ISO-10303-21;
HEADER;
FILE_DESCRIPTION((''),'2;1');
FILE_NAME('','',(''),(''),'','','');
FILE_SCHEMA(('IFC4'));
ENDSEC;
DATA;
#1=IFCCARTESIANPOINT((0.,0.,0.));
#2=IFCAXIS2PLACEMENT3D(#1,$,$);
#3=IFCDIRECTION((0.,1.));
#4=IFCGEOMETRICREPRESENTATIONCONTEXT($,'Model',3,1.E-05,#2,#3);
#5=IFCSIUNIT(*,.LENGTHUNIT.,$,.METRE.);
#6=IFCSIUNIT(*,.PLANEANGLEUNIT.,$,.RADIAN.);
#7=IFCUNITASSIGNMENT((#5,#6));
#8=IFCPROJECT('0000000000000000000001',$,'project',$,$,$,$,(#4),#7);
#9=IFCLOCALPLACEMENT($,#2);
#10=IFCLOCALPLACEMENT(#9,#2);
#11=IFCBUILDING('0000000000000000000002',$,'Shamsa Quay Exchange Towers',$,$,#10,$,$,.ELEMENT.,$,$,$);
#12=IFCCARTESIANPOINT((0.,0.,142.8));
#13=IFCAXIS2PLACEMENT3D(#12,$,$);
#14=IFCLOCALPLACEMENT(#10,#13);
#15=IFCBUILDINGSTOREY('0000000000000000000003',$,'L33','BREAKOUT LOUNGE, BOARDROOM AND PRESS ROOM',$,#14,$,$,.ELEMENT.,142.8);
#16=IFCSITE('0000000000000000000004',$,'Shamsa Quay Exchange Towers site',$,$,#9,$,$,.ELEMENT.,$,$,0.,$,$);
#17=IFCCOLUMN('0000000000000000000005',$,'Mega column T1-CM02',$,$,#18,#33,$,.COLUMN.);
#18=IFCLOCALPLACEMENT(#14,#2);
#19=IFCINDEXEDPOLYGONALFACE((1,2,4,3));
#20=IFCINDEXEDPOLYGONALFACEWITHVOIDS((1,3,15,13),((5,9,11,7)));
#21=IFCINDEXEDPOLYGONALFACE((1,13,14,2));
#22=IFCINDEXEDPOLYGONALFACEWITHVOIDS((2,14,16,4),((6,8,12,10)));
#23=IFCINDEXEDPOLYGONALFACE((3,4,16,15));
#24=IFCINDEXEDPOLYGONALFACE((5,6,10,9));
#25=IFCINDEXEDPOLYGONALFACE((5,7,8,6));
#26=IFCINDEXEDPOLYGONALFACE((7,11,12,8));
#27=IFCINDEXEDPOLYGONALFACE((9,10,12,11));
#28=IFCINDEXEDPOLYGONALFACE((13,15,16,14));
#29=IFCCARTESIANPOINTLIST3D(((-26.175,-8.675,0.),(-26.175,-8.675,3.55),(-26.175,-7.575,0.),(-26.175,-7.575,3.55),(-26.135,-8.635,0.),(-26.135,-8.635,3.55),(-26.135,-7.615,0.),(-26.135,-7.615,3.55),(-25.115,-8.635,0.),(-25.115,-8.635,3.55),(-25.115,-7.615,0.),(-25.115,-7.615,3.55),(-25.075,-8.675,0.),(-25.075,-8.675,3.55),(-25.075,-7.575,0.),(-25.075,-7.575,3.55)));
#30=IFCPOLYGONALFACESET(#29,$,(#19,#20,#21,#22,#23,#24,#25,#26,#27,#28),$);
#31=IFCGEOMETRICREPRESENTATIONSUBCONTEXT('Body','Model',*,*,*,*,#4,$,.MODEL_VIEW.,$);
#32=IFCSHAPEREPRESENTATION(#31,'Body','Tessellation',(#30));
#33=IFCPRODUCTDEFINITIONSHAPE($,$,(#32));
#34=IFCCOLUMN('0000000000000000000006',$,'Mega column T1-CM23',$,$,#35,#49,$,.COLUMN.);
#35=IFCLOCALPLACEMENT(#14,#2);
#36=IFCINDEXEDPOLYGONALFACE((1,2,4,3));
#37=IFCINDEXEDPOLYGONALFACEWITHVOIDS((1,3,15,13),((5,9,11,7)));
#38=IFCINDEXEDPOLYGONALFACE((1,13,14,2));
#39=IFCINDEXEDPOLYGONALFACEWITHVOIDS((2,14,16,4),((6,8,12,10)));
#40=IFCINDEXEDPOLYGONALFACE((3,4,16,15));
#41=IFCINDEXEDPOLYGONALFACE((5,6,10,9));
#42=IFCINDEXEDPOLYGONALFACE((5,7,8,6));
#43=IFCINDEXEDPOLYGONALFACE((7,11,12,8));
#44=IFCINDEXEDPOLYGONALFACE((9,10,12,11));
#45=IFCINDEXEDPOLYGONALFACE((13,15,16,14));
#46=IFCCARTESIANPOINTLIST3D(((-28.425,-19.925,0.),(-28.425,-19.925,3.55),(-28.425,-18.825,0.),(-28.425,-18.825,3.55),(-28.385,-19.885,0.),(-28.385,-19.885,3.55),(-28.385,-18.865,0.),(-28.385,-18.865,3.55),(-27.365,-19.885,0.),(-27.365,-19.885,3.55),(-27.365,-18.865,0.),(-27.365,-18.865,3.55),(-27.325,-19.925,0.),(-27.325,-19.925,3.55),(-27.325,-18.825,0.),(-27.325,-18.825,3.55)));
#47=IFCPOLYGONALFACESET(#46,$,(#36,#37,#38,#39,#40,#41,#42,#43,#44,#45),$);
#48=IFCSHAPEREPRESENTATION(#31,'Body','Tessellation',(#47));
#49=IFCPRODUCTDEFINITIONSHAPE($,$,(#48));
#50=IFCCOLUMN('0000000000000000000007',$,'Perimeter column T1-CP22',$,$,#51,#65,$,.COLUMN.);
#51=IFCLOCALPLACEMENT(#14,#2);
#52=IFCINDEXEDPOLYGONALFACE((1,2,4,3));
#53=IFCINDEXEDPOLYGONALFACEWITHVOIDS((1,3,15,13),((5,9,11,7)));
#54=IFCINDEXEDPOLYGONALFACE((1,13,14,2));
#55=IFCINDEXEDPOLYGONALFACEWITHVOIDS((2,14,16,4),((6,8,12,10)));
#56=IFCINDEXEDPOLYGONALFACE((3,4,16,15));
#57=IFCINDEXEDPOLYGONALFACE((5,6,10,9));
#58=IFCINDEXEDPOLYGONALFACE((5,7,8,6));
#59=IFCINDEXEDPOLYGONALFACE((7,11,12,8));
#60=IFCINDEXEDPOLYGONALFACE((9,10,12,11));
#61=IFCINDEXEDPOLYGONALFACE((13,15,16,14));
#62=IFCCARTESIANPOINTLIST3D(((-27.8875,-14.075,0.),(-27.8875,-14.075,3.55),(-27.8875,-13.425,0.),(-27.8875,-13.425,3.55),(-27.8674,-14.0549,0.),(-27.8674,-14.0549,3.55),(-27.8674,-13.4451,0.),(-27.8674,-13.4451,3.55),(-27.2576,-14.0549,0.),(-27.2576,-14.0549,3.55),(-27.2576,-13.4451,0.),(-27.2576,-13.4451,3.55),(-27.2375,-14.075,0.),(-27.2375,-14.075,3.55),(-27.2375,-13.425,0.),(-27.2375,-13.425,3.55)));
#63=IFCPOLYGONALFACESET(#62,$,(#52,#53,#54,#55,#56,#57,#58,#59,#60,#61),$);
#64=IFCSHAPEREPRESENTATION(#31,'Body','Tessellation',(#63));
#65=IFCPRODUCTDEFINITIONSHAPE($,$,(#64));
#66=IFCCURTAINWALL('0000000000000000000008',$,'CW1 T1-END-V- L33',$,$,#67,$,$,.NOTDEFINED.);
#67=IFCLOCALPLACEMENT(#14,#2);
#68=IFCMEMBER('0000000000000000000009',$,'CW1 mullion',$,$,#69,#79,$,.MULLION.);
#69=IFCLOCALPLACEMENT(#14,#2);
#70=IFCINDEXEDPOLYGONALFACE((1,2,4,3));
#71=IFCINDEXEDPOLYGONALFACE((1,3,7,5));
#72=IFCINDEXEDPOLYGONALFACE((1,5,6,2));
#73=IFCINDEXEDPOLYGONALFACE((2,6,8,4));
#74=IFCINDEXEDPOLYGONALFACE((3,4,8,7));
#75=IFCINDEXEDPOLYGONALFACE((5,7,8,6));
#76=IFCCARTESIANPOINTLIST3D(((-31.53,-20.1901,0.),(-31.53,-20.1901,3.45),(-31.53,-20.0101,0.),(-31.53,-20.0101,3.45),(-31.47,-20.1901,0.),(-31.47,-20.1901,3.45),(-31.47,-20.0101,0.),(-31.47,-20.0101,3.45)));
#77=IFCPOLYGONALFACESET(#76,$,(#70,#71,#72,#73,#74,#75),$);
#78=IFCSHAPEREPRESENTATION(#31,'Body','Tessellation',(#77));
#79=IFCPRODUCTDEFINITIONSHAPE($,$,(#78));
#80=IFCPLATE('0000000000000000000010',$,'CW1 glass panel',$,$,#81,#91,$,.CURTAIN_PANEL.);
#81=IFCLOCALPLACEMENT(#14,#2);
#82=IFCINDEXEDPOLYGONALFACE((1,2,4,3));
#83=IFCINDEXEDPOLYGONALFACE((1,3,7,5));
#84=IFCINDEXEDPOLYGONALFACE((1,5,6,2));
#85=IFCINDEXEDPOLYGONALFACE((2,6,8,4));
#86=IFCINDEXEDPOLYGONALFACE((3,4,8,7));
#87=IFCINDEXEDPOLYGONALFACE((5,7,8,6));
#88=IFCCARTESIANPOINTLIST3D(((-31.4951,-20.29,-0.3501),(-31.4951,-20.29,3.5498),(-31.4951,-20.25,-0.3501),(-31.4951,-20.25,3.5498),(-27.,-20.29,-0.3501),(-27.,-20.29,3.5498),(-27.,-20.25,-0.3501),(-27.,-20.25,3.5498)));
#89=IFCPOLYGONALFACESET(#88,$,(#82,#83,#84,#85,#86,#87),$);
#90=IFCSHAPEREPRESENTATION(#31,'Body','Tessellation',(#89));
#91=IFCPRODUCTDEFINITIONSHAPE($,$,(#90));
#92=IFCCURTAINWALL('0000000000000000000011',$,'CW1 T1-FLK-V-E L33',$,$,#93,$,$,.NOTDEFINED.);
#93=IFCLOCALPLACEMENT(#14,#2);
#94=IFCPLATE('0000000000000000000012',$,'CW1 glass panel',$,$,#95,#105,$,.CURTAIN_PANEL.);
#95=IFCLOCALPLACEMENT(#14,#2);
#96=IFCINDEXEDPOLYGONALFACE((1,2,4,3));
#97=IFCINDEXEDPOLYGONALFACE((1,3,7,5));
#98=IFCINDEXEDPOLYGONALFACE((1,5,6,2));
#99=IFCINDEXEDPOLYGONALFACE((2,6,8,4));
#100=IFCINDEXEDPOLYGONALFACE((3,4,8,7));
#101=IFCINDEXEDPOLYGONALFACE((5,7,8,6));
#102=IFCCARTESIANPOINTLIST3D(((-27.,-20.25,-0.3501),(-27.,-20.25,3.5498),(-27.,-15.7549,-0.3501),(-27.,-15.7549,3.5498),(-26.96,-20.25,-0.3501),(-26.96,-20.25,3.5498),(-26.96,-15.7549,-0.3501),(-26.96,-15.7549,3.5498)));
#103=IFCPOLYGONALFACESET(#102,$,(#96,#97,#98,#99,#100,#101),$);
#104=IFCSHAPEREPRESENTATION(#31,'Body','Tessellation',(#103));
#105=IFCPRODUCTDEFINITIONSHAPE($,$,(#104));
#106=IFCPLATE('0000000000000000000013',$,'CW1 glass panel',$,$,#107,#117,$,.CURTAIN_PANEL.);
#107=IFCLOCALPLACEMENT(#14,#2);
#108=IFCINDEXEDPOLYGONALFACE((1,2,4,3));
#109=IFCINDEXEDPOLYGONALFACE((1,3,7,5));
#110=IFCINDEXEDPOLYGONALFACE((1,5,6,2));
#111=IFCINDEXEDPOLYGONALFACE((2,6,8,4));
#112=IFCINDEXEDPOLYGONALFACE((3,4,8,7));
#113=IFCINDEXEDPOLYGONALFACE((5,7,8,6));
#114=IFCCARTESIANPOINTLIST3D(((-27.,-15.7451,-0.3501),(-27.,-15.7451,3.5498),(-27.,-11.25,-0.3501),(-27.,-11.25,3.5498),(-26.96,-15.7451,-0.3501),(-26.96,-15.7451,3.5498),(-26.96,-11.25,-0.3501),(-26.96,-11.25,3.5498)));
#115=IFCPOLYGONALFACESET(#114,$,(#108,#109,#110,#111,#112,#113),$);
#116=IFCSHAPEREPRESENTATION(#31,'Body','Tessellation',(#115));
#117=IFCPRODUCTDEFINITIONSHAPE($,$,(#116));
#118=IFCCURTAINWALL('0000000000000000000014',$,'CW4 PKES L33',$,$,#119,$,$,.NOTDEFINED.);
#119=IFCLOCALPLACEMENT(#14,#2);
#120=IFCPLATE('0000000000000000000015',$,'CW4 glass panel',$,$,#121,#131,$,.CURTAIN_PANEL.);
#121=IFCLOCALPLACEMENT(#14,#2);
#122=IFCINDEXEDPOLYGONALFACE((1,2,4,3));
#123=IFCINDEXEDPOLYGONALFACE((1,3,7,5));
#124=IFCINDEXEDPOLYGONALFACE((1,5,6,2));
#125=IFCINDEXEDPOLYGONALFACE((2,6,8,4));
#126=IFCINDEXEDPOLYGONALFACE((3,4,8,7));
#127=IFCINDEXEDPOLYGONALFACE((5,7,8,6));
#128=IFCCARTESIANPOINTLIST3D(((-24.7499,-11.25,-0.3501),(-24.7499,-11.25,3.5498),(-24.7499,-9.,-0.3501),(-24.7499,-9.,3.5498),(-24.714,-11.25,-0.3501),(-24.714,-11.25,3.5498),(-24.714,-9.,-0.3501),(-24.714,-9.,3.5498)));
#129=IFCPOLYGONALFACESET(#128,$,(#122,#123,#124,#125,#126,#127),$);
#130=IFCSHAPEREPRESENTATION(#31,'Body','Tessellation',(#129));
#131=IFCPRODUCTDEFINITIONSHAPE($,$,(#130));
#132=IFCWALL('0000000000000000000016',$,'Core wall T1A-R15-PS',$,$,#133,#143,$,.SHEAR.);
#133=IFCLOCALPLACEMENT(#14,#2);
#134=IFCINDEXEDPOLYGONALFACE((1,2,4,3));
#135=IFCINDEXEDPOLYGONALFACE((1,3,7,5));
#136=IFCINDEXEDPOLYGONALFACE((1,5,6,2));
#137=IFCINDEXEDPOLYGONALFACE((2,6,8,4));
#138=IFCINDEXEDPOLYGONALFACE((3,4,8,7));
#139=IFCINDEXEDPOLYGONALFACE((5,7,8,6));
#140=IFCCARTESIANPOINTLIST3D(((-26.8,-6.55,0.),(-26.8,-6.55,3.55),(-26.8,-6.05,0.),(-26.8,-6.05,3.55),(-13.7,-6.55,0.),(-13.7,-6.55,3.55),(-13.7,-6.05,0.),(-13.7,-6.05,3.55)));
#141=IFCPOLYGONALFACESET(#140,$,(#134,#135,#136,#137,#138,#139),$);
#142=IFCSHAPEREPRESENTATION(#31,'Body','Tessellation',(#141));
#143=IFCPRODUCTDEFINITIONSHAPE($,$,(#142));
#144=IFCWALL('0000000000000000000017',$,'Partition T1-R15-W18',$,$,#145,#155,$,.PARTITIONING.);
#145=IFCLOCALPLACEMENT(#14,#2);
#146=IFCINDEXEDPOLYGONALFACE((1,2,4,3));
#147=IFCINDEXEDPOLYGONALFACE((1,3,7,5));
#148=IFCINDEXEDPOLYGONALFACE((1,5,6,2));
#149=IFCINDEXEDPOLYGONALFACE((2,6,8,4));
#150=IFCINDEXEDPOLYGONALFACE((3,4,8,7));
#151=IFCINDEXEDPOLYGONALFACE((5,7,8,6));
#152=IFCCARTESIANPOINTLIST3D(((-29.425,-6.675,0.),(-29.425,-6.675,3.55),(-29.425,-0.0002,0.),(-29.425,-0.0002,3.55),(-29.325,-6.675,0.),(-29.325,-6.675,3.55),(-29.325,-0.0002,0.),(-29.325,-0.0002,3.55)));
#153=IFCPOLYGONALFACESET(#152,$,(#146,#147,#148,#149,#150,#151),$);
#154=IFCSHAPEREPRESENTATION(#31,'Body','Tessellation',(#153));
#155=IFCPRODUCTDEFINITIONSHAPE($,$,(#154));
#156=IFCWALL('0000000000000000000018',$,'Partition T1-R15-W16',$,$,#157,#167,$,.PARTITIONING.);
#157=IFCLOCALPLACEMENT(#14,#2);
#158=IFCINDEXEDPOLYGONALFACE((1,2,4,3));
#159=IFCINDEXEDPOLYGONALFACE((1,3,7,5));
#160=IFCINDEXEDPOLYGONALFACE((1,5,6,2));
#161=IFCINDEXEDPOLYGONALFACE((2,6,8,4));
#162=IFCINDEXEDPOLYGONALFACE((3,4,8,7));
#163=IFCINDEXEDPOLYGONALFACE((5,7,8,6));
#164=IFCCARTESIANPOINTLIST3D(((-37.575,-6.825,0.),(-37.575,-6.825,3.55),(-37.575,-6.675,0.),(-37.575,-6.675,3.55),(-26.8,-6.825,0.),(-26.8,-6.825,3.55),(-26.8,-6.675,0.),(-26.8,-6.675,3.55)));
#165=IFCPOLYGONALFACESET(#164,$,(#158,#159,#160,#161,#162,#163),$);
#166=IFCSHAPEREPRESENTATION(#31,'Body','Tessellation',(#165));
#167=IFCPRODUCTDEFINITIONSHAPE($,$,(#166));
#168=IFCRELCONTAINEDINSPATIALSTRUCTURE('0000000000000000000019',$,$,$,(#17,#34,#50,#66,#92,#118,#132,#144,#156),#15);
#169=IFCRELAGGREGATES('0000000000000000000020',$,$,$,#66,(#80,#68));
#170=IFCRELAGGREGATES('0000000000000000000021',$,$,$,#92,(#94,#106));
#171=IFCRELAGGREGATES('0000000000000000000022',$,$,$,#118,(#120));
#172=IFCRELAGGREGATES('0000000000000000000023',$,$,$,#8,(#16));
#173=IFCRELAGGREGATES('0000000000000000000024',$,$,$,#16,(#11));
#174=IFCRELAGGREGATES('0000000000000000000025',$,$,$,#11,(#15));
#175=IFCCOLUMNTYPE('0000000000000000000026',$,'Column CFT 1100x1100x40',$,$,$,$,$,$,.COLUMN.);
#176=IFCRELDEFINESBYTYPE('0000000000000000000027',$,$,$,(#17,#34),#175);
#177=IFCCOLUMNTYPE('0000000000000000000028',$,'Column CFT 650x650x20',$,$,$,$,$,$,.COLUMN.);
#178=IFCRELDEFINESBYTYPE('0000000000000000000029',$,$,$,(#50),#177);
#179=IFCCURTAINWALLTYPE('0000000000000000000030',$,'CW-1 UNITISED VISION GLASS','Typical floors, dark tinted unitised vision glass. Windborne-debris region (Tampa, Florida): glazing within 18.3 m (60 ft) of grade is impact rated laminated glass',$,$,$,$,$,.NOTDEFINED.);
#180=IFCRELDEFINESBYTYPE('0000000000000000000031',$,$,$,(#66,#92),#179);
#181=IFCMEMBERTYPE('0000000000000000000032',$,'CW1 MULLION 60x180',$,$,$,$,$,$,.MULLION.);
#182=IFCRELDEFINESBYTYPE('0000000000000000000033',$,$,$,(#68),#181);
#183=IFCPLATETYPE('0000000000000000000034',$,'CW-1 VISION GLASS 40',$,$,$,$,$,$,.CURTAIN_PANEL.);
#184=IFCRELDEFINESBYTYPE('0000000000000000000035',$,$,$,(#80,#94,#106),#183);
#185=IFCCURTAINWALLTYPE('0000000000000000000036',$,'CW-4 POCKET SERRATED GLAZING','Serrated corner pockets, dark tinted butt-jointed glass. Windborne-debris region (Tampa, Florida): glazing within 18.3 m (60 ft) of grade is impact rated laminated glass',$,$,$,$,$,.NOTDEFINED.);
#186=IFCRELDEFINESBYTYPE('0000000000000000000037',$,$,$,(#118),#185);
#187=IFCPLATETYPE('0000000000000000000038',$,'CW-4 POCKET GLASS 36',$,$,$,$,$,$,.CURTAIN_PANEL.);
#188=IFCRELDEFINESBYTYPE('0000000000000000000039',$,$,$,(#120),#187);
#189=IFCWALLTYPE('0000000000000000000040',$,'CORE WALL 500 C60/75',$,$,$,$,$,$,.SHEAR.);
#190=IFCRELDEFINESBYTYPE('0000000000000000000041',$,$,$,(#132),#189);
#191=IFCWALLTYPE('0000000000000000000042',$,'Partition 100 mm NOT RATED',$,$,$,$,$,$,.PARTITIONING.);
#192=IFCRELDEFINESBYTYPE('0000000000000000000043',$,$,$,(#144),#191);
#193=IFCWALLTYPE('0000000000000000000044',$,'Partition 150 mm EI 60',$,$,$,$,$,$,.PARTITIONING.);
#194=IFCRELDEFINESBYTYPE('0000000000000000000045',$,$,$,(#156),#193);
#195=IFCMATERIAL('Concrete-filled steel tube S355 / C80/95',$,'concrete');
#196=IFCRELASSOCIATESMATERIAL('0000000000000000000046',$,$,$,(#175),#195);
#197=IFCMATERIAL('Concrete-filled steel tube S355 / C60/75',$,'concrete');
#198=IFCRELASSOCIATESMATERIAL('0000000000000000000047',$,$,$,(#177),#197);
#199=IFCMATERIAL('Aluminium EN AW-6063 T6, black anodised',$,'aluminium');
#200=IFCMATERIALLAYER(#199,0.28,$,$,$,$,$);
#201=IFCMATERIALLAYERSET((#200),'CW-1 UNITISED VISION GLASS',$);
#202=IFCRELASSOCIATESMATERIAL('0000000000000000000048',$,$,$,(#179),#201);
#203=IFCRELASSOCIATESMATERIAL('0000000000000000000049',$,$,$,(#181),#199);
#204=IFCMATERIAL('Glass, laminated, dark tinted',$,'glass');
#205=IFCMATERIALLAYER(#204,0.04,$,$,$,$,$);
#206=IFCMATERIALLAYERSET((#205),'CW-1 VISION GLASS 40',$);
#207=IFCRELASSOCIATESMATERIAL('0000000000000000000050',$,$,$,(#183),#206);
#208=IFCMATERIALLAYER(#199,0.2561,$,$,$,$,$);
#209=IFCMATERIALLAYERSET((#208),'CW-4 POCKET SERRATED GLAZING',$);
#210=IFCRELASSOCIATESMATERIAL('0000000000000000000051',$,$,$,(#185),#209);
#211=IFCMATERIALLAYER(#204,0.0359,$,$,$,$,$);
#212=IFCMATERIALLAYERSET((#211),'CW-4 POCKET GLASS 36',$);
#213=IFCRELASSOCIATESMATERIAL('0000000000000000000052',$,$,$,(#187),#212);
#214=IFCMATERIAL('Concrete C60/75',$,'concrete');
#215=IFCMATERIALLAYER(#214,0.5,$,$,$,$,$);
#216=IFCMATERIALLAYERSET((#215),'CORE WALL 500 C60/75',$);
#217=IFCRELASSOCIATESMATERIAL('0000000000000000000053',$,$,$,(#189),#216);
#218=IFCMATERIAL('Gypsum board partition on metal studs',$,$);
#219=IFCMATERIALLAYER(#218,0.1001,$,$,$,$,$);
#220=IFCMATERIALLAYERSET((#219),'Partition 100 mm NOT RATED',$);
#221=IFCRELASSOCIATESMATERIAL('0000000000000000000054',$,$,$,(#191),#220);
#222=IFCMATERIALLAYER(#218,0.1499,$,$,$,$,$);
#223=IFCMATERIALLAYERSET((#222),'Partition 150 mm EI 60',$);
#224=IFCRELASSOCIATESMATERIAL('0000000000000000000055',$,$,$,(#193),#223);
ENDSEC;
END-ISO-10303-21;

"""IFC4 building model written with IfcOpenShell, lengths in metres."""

from ifc_helpers import new_model, si_unit, direction, frame, frame_2d, origin, origin_2d, place, context, subcontext, project, spatial, rectangle, hollow_rectangle, extrude, material, layer, layer_set, material_profile, profile_set, type_object, element, aggregate, save


model = new_model("IFC4")

# Units and contexts
model_context = context("Model", 3, precision=1e-05, world=origin(), true_north=direction((0.0, 1.0)))
body_context = subcontext(model_context, "Body", "Model", "MODEL_VIEW")
ifc_project = project(units=[si_unit("LENGTHUNIT", "METRE"), si_unit("PLANEANGLEUNIT", "RADIAN")], contexts=[model_context])

# Site, building, storey
site_placement = place(None, origin())
site = spatial("IfcSite", under=ifc_project, at=site_placement, Name="Shamsa Quay Exchange Towers site", CompositionType="ELEMENT", RefElevation=0.0)
building_placement = place(site_placement, origin())
building = spatial("IfcBuilding", under=site, at=building_placement, Name="Shamsa Quay Exchange Towers", CompositionType="ELEMENT")
storey_placement = place(building_placement, frame((0.0, 0.0, 142.8)))
storey = spatial("IfcBuildingStorey", under=building, at=storey_placement, Name="L33", Description="BREAKOUT LOUNGE, BOARDROOM AND PRESS ROOM", CompositionType="ELEMENT", Elevation=142.8)

# Columns
ifc_material_1 = material(Name="Concrete-filled steel tube S355 / C80/95", Category="concrete")
ifc_material_profile_1 = material_profile(ifc_material_1, hollow_rectangle(XDim=1.1001, YDim=1.1001, WallThickness=0.04, at=origin_2d()), Name="CFT 1100x1100x40")
ifc_profile_set_1 = profile_set([ifc_material_profile_1], Name="Concrete-filled steel tube S355 / C80/95")
column_type_1 = type_object("IfcColumnType", Name="Column CFT 1100x1100x40", PredefinedType="COLUMN", material=ifc_profile_set_1)
for number, where, name in (
    (1, (-25.625, -8.125, 0.0), "Mega column T1-CM02"),
    (2, (-27.875, -19.375, 0.0), "Mega column T1-CM23"),
):
    element("IfcColumn", number, at=place(storey_placement, frame(where)), inside=storey, type_object=column_type_1, Name=name, PredefinedType="COLUMN", context=body_context, shape_type="SweptSolid", body=[
        extrude(hollow_rectangle(XDim=1.1001, YDim=1.1001, WallThickness=0.04, at=origin_2d()), origin(), (0.0, 0.0, 1.0), 3.55),
    ])
ifc_material_2 = material(Name="Concrete-filled steel tube S355 / C60/75", Category="concrete")
ifc_material_profile_2 = material_profile(ifc_material_2, hollow_rectangle(XDim=0.6499, YDim=0.6499, WallThickness=0.02, at=origin_2d()), Name="CFT 650x650x20")
ifc_profile_set_2 = profile_set([ifc_material_profile_2], Name="Concrete-filled steel tube S355 / C60/75")
column_type_2 = type_object("IfcColumnType", Name="Column CFT 650x650x20", PredefinedType="COLUMN", material=ifc_profile_set_2)
column_placement = place(storey_placement, frame((-27.5625, -13.75, 0.0)))
element("IfcColumn", 3, at=column_placement, inside=storey, type_object=column_type_2, Name="Perimeter column T1-CP22", PredefinedType="COLUMN", context=body_context, shape_type="SweptSolid", body=[
    extrude(hollow_rectangle(XDim=0.6499, YDim=0.6499, WallThickness=0.02, at=origin_2d()), origin(), (0.0, 0.0, 1.0), 3.55),
])

# Curtain wall, member, plate
ifc_material_3 = material(Name="Aluminium EN AW-6063 T6, black anodised", Category="aluminium")
ifc_layer_1 = layer(ifc_material_3, 0.28)
ifc_layer_set_1 = layer_set([ifc_layer_1], Name="CW-1 UNITISED VISION GLASS")
curtain_wall_type_1 = type_object("IfcCurtainWallType", Name="CW-1 UNITISED VISION GLASS", Description="Typical floors, dark tinted unitised vision glass. Windborne-debris region (Tampa, Florida): glazing within 18.3 m (60 ft) of grade is impact rated laminated glass", PredefinedType="NOTDEFINED", material=ifc_layer_set_1)
curtain_wall_1_placement = place(storey_placement, origin())
curtain_wall_1 = element("IfcCurtainWall", 4, at=curtain_wall_1_placement, inside=storey, type_object=curtain_wall_type_1, Name="CW1 T1-END-V- L33", PredefinedType="NOTDEFINED")
ifc_material_profile_3 = material_profile(ifc_material_3, rectangle(XDim=0.1799, YDim=0.0601, at=origin_2d()), Name="MU60x180")
ifc_profile_set_3 = profile_set([ifc_material_profile_3], Name="Aluminium EN AW-6063 T6, black anodised")
member_type = type_object("IfcMemberType", Name="CW1 MULLION 60x180", PredefinedType="MULLION", material=ifc_profile_set_3)
member_placement = place(storey_placement, frame((-31.5, -20.1001, 0.0), z_axis=(0.0, 0.0, 1.0), x_axis=(0.0, 1.0, 0.0)))
member = element("IfcMember", 5, at=member_placement, type_object=member_type, Name="CW1 mullion", PredefinedType="MULLION", context=body_context, shape_type="SweptSolid", body=[
    extrude(rectangle(XDim=0.1799, YDim=0.0601, at=origin_2d()), origin(), (0.0, 0.0, 1.0), 3.45),
])
ifc_material_4 = material(Name="Glass, laminated, dark tinted", Category="glass")
ifc_layer_2 = layer(ifc_material_4, 0.04)
ifc_layer_set_2 = layer_set([ifc_layer_2], Name="CW-1 VISION GLASS 40")
plate_type_1 = type_object("IfcPlateType", Name="CW-1 VISION GLASS 40", PredefinedType="CURTAIN_PANEL", material=ifc_layer_set_2)
plate_1_placement = place(storey_placement, frame((-29.2476, -20.27, -0.3501)))
plate_1 = element("IfcPlate", 6, at=plate_1_placement, type_object=plate_type_1, Name="CW1 glass panel", PredefinedType="CURTAIN_PANEL", context=body_context, shape_type="SweptSolid", body=[
    extrude(rectangle(XDim=4.4951, YDim=0.04, at=origin_2d()), origin(), (0.0, 0.0, 1.0), 3.8999),
])
aggregate(curtain_wall_1, [plate_1, member])

# Curtain wall, plates
curtain_wall_2_placement = place(storey_placement, origin())
curtain_wall_2 = element("IfcCurtainWall", 7, at=curtain_wall_2_placement, inside=storey, type_object=curtain_wall_type_1, Name="CW1 T1-FLK-V-E L33", PredefinedType="NOTDEFINED")
plate_2_placement = place(storey_placement, frame((-26.98, -18.0024, -0.3501), z_axis=(0.0, 0.0, 1.0), x_axis=(0.0, 1.0, 0.0)))
plate_2 = element("IfcPlate", 8, at=plate_2_placement, type_object=plate_type_1, Name="CW1 glass panel", PredefinedType="CURTAIN_PANEL", context=body_context, shape_type="SweptSolid", body=[
    extrude(rectangle(XDim=4.4951, YDim=0.04, at=origin_2d()), origin(), (0.0, 0.0, 1.0), 3.8999),
])
plate_3_placement = place(storey_placement, frame((-26.98, -13.4976, -0.3501), z_axis=(0.0, 0.0, 1.0), x_axis=(0.0, 1.0, 0.0)))
plate_3 = element("IfcPlate", 9, at=plate_3_placement, type_object=plate_type_1, Name="CW1 glass panel", PredefinedType="CURTAIN_PANEL", context=body_context, shape_type="SweptSolid", body=[
    extrude(rectangle(XDim=4.4951, YDim=0.04, at=origin_2d()), origin(), (0.0, 0.0, 1.0), 3.8999),
])
aggregate(curtain_wall_2, [plate_2, plate_3])

# Curtain wall, plate
ifc_layer_3 = layer(ifc_material_3, 0.2561)
ifc_layer_set_3 = layer_set([ifc_layer_3], Name="CW-4 POCKET SERRATED GLAZING")
curtain_wall_type_2 = type_object("IfcCurtainWallType", Name="CW-4 POCKET SERRATED GLAZING", Description="Serrated corner pockets, dark tinted butt-jointed glass. Windborne-debris region (Tampa, Florida): glazing within 18.3 m (60 ft) of grade is impact rated laminated glass", PredefinedType="NOTDEFINED", material=ifc_layer_set_3)
curtain_wall_3_placement = place(storey_placement, origin())
curtain_wall_3 = element("IfcCurtainWall", 10, at=curtain_wall_3_placement, inside=storey, type_object=curtain_wall_type_2, Name="CW4 PKES L33", PredefinedType="NOTDEFINED")
ifc_layer_4 = layer(ifc_material_4, 0.0359)
ifc_layer_set_4 = layer_set([ifc_layer_4], Name="CW-4 POCKET GLASS 36")
plate_type_2 = type_object("IfcPlateType", Name="CW-4 POCKET GLASS 36", PredefinedType="CURTAIN_PANEL", material=ifc_layer_set_4)
plate_4_placement = place(storey_placement, frame((-24.7319, -10.125, -0.3501), z_axis=(0.0, 0.0, 1.0), x_axis=(0.0, 1.0, 0.0)))
plate_4 = element("IfcPlate", 11, at=plate_4_placement, type_object=plate_type_2, Name="CW4 glass panel", PredefinedType="CURTAIN_PANEL", context=body_context, shape_type="SweptSolid", body=[
    extrude(rectangle(XDim=2.25, YDim=0.0359, at=origin_2d()), origin(), (0.0, 0.0, 1.0), 3.8999),
])
aggregate(curtain_wall_3, [plate_4])

# Walls
ifc_material_5 = material(Name="Concrete C60/75", Category="concrete")
ifc_layer_5 = layer(ifc_material_5, 0.5)
ifc_layer_set_5 = layer_set([ifc_layer_5], Name="CORE WALL 500 C60/75")
wall_type_1 = type_object("IfcWallType", Name="CORE WALL 500 C60/75", PredefinedType="SHEAR", material=ifc_layer_set_5)
wall_1_placement = place(storey_placement, frame((-26.8, -6.3, 0.0)))
element("IfcWall", 12, at=wall_1_placement, inside=storey, type_object=wall_type_1, Name="Core wall T1A-R15-PS", PredefinedType="SHEAR", context=body_context, shape_type="SweptSolid", body=[
    extrude(rectangle(XDim=13.1001, YDim=0.5, at=frame_2d((6.55, 0.0))), origin(), (0.0, 0.0, 1.0), 3.55),
])
ifc_material_6 = material(Name="Gypsum board partition on metal studs")
ifc_layer_6 = layer(ifc_material_6, 0.1001)
ifc_layer_set_6 = layer_set([ifc_layer_6], Name="Partition 100 mm NOT RATED")
wall_type_2 = type_object("IfcWallType", Name="Partition 100 mm NOT RATED", PredefinedType="PARTITIONING", material=ifc_layer_set_6)
wall_2_placement = place(storey_placement, frame((-29.375, -6.675, 0.0), z_axis=(0.0, 0.0, 1.0), x_axis=(0.0, 1.0, 0.0)))
element("IfcWall", 13, at=wall_2_placement, inside=storey, type_object=wall_type_2, Name="Partition T1-R15-W18", PredefinedType="PARTITIONING", context=body_context, shape_type="SweptSolid", body=[
    extrude(rectangle(XDim=6.6748, YDim=0.1001, at=frame_2d((3.3374, 0.0))), origin(), (0.0, 0.0, 1.0), 3.55),
])
ifc_layer_7 = layer(ifc_material_6, 0.1499)
ifc_layer_set_7 = layer_set([ifc_layer_7], Name="Partition 150 mm EI 60")
wall_type_3 = type_object("IfcWallType", Name="Partition 150 mm EI 60", PredefinedType="PARTITIONING", material=ifc_layer_set_7)
wall_3_placement = place(storey_placement, frame((-26.8, -6.75, 0.0), z_axis=(0.0, 0.0, 1.0), x_axis=(-1.0, 0.0, 0.0)))
element("IfcWall", 14, at=wall_3_placement, inside=storey, type_object=wall_type_3, Name="Partition T1-R15-W16", PredefinedType="PARTITIONING", context=body_context, shape_type="SweptSolid", body=[
    extrude(rectangle(XDim=10.7749, YDim=0.1499, at=frame_2d((5.3875, 0.0))), origin(), (0.0, 0.0, 1.0), 3.55),
])

save(model, "model.ifc")
